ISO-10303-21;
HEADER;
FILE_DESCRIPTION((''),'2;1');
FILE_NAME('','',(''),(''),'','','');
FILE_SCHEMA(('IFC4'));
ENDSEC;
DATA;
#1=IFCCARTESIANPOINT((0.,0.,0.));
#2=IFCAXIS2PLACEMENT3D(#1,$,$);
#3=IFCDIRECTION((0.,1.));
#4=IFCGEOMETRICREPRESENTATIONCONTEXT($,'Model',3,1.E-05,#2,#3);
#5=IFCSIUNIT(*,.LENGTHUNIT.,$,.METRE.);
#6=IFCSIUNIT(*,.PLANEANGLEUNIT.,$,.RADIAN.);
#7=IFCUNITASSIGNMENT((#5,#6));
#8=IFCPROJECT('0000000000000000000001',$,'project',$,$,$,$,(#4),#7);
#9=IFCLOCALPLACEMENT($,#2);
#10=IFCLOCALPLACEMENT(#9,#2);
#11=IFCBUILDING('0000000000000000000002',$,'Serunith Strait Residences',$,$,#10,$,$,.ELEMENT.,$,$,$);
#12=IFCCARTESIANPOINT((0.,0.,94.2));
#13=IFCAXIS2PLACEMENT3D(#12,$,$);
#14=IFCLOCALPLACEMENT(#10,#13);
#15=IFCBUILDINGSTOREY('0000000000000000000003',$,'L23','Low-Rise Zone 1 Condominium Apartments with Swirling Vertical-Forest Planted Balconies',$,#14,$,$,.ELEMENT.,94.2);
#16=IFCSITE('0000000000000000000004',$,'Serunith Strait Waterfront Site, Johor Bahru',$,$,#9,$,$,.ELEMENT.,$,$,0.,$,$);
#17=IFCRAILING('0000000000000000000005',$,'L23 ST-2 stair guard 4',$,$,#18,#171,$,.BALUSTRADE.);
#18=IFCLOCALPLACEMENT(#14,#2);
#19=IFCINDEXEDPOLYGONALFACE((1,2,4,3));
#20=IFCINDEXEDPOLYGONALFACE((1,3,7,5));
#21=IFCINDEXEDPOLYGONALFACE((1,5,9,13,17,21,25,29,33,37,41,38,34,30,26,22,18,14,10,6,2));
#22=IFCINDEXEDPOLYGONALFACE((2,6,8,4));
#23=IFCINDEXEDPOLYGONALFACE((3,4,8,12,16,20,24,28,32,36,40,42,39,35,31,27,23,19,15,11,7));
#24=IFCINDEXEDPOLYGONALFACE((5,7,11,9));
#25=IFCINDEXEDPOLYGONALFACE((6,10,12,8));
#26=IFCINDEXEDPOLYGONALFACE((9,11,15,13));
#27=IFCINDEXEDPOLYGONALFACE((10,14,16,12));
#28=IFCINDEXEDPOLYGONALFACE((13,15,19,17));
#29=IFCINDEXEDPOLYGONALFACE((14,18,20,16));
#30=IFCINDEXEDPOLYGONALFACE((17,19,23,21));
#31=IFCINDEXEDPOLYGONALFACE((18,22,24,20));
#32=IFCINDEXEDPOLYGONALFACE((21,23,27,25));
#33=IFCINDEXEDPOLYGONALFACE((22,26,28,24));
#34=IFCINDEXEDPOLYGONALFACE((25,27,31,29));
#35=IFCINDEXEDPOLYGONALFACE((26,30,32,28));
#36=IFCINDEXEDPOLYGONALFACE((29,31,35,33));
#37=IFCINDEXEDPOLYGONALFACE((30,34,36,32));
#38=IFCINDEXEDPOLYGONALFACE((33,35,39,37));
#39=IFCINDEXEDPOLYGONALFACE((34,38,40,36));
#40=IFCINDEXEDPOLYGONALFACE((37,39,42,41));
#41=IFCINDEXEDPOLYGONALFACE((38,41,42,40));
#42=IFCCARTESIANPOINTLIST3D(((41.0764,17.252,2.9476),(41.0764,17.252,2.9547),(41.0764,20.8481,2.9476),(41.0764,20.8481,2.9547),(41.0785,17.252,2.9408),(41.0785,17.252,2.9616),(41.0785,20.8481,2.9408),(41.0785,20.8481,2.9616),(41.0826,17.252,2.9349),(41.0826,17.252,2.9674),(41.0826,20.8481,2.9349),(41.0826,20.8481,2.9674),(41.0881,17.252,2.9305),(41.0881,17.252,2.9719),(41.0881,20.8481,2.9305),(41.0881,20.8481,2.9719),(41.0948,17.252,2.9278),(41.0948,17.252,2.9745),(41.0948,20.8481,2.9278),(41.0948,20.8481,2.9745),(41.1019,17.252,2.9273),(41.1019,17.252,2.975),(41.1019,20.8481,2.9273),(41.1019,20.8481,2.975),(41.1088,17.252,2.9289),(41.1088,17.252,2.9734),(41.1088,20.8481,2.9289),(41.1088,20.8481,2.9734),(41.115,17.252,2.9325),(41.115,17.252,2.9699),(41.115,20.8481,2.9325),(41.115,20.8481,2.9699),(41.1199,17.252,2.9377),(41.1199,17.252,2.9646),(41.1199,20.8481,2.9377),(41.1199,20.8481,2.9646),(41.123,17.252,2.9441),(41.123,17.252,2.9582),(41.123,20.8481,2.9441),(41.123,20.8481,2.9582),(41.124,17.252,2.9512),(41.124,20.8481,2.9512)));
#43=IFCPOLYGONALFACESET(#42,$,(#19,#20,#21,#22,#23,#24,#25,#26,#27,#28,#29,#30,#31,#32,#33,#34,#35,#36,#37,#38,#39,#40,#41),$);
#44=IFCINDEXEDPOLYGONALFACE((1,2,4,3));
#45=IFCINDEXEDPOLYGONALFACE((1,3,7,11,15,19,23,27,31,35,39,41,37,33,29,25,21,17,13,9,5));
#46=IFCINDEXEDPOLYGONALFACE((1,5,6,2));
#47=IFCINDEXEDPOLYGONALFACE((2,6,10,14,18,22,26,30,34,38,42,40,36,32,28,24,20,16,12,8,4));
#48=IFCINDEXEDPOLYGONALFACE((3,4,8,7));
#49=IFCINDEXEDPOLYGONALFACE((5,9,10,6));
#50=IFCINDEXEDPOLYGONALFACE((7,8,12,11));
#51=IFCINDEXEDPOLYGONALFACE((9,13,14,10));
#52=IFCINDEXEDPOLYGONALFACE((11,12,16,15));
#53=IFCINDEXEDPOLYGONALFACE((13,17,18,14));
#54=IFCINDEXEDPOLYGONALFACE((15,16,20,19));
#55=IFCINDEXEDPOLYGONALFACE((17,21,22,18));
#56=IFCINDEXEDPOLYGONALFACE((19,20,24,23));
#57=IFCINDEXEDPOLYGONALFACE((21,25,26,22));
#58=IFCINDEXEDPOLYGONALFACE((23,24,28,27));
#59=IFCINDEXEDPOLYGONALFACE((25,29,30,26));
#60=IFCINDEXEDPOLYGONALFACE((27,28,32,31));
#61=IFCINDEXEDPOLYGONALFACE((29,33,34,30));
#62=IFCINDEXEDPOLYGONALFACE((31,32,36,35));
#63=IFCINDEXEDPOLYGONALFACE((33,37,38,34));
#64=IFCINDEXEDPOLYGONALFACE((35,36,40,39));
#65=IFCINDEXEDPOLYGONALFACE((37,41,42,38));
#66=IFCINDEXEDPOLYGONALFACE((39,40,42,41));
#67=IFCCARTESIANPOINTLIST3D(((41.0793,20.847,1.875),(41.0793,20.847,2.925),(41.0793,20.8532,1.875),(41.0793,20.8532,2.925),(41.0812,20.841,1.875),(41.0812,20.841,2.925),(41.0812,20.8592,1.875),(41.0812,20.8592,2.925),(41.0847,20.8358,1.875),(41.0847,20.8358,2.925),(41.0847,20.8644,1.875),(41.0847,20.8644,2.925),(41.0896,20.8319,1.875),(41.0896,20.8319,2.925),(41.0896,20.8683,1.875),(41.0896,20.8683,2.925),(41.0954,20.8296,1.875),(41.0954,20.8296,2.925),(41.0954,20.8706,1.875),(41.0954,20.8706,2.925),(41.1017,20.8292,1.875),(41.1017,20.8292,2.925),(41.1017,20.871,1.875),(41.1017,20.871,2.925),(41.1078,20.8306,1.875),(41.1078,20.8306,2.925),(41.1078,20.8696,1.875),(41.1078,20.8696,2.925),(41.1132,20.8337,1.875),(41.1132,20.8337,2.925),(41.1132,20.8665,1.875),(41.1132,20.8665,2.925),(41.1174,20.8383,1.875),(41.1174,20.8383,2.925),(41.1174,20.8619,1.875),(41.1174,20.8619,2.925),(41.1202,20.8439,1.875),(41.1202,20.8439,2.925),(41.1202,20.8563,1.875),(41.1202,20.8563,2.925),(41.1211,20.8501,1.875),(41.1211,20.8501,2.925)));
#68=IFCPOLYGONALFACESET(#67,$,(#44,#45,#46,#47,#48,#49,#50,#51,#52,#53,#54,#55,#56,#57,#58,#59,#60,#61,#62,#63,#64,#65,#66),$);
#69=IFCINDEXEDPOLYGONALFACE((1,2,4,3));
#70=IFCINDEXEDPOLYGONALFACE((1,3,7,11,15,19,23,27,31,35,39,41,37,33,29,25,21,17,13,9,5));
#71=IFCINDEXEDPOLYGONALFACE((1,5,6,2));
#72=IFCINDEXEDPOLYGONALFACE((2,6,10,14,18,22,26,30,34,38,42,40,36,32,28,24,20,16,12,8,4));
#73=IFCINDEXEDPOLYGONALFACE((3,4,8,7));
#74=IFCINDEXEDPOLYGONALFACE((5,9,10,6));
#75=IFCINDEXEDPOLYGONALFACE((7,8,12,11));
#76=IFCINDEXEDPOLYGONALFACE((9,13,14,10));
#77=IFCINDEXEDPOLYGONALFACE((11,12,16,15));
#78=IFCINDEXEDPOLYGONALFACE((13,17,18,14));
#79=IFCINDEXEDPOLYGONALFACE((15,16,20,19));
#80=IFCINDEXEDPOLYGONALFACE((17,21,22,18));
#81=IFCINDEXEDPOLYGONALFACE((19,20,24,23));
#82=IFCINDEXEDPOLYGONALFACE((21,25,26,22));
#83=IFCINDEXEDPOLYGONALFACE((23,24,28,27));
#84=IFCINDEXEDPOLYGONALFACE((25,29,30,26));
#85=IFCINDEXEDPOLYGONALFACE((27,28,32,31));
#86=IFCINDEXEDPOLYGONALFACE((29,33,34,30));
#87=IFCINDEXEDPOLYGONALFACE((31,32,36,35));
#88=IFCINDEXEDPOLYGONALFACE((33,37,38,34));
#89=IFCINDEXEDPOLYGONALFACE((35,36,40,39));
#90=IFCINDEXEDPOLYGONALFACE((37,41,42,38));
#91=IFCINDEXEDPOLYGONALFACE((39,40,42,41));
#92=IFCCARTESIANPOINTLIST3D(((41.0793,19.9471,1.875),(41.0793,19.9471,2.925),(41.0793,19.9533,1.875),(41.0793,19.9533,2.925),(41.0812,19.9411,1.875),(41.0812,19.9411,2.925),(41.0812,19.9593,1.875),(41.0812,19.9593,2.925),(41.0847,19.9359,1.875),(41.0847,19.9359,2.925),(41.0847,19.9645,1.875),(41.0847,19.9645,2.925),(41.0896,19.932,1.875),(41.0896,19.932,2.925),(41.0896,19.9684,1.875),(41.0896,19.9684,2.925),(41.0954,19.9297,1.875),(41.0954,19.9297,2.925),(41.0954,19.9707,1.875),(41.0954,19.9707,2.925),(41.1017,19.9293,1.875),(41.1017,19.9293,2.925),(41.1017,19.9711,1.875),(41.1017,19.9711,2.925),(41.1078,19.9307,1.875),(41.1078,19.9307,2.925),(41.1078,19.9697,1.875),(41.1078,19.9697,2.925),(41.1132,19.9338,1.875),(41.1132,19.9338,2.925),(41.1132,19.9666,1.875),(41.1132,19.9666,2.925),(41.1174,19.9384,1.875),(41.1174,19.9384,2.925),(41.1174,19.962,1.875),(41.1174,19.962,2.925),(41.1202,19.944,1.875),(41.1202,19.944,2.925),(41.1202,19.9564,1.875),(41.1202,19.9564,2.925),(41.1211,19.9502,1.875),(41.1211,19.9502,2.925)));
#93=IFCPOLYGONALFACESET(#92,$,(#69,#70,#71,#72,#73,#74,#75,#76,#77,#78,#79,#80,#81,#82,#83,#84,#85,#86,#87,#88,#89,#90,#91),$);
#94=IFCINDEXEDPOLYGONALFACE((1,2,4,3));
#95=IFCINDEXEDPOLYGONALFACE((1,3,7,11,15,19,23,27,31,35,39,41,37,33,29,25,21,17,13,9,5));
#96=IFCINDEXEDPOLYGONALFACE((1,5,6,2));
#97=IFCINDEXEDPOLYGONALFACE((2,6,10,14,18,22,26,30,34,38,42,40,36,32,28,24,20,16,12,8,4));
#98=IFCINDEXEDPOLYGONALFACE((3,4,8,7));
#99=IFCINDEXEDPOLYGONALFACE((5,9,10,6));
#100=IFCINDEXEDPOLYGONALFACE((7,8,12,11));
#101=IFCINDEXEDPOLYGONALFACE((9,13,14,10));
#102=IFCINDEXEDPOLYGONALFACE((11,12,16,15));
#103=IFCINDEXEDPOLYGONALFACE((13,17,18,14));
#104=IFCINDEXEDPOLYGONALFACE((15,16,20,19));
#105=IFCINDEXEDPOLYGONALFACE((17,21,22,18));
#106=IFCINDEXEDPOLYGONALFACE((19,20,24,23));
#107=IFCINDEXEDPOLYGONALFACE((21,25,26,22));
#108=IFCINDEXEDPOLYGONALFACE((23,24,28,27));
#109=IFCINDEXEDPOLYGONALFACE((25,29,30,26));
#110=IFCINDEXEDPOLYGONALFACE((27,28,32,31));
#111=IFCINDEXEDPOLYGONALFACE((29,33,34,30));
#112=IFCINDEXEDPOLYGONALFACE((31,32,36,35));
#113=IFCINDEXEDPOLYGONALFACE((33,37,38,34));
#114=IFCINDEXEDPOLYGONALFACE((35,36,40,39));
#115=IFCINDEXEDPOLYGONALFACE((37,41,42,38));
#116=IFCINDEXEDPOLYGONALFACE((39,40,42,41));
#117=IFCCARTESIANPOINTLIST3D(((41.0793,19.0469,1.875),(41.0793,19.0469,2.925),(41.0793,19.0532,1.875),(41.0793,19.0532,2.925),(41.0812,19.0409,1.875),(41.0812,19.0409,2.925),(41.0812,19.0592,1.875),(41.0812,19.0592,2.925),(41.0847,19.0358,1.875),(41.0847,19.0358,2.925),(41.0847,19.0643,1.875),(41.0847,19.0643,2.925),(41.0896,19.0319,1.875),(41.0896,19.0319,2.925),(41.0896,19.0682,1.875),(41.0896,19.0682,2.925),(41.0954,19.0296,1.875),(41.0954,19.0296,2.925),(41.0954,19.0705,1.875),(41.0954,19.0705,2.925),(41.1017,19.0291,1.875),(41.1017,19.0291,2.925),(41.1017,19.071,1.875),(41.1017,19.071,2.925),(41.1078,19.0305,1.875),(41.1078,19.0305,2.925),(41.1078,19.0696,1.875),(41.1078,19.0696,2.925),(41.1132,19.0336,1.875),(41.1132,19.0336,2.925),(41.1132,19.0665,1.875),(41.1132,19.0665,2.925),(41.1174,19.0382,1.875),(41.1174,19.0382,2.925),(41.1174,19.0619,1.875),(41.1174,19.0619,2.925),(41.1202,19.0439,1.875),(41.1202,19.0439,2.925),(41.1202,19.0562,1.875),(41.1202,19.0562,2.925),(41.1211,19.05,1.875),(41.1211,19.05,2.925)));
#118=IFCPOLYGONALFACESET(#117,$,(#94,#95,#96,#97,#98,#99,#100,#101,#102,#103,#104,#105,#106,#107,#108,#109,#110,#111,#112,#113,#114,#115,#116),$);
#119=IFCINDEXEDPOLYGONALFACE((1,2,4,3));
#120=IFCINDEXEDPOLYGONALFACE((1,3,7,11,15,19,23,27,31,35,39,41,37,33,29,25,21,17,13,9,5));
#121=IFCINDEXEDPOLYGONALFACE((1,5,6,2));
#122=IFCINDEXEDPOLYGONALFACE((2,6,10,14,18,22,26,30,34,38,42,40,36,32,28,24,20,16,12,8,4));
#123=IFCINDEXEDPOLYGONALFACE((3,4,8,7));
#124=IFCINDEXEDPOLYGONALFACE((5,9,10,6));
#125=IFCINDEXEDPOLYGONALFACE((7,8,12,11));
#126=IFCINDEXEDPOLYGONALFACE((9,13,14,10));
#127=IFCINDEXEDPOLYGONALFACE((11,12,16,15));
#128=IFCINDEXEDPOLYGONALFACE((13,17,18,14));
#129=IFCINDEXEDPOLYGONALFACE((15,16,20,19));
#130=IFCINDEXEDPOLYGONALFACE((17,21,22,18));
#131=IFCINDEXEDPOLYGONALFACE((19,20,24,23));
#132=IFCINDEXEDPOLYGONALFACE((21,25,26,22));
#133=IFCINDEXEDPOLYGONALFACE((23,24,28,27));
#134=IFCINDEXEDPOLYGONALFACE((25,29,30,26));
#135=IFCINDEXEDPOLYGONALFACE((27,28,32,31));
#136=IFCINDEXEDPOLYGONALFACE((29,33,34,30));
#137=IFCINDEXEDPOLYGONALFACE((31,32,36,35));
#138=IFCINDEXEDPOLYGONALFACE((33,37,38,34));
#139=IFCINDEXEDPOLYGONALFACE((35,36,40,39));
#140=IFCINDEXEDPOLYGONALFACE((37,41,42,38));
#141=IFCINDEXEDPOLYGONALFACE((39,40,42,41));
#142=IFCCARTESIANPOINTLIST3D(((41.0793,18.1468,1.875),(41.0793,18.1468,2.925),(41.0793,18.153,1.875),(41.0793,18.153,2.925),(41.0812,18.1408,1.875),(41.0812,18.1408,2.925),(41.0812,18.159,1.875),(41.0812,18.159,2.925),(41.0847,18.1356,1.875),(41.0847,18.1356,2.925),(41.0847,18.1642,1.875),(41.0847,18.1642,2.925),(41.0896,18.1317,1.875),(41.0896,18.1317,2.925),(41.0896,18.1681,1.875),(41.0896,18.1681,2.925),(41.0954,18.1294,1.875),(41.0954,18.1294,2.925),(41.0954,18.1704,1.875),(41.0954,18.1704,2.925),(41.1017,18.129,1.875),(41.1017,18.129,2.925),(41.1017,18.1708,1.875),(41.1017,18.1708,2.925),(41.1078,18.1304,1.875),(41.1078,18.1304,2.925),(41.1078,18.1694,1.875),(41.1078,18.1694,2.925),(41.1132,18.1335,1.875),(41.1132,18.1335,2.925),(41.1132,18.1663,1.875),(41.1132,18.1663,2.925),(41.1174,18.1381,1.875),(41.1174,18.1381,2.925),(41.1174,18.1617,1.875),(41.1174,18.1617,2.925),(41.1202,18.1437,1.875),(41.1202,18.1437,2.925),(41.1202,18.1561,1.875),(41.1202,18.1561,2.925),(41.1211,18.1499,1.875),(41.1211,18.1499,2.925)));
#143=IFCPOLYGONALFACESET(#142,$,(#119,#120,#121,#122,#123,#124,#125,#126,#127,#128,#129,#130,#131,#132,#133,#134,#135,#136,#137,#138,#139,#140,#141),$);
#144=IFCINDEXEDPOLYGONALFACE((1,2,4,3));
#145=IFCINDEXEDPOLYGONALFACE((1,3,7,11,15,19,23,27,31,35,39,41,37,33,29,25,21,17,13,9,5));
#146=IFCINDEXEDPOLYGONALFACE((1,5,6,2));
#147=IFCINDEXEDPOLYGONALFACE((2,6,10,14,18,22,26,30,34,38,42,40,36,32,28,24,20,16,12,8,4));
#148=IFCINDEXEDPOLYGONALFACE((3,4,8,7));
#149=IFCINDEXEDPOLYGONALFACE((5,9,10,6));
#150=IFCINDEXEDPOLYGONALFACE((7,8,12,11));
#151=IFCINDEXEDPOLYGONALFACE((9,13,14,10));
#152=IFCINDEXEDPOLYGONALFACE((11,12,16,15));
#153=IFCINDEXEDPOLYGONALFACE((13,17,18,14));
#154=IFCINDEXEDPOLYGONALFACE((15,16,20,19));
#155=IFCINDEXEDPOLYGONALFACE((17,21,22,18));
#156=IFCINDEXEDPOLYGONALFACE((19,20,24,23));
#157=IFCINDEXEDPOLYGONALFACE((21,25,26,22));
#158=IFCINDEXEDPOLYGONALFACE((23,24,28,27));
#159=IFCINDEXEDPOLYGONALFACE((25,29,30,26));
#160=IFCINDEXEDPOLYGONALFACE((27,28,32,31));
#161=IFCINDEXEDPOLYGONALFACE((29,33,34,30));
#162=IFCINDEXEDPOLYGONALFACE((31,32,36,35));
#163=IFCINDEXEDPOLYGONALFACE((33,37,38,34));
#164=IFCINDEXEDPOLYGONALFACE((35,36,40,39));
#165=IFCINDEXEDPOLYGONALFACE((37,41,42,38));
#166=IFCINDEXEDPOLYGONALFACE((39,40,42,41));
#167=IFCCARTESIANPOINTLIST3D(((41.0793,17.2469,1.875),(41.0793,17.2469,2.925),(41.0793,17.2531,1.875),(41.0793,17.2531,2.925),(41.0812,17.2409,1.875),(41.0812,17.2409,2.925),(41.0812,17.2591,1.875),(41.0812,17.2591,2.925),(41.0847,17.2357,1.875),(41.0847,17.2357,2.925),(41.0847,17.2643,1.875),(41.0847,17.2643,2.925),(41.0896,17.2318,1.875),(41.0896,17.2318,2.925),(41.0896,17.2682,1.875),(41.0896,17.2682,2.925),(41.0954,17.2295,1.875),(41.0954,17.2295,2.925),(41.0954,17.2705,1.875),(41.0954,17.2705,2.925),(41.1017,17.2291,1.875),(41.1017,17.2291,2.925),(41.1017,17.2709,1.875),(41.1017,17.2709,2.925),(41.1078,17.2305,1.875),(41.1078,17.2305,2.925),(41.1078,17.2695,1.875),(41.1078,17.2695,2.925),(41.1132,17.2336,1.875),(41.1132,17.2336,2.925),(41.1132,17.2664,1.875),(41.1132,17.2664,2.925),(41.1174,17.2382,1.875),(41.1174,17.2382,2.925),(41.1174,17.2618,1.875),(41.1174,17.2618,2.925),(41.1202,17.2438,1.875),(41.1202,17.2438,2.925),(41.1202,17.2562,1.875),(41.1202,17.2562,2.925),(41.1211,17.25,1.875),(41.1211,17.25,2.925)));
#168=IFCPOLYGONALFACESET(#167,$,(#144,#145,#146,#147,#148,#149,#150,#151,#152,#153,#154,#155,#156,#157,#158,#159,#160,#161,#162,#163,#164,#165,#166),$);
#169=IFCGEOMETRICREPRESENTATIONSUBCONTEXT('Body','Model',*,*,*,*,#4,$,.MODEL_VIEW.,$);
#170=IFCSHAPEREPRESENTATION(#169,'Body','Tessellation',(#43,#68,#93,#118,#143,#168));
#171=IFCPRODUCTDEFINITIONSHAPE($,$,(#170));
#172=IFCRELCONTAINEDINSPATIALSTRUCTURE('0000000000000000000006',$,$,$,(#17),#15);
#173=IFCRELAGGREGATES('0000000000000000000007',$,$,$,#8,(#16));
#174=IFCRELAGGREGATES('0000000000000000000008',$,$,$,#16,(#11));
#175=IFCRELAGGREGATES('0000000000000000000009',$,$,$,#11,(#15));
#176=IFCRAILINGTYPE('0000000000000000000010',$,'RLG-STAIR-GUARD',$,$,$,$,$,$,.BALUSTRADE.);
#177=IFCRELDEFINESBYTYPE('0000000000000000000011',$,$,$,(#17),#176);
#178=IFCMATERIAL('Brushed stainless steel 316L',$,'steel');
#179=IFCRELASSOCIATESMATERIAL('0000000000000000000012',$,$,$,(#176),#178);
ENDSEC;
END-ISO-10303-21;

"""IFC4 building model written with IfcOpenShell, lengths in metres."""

from ifc_helpers import new_model, si_unit, direction, frame, origin, origin_2d, place, context, subcontext, project, spatial, circle, extrude, material, type_object, element, save


model = new_model("IFC4")

# Units and contexts
model_context = context("Model", 3, precision=1e-05, world=origin(), true_north=direction((0.0, 1.0)))
body_context = subcontext(model_context, "Body", "Model", "MODEL_VIEW")
ifc_project = project(units=[si_unit("LENGTHUNIT", "METRE"), si_unit("PLANEANGLEUNIT", "RADIAN")], contexts=[model_context])

# Site, building, storey
site_placement = place(None, origin())
site = spatial("IfcSite", under=ifc_project, at=site_placement, Name="Serunith Strait Waterfront Site, Johor Bahru", CompositionType="ELEMENT", RefElevation=0.0)
building_placement = place(site_placement, origin())
building = spatial("IfcBuilding", under=site, at=building_placement, Name="Serunith Strait Residences", CompositionType="ELEMENT")
storey_placement = place(building_placement, frame((0.0, 0.0, 94.2)))
storey = spatial("IfcBuildingStorey", under=building, at=storey_placement, Name="L23", Description="Low-Rise Zone 1 Condominium Apartments with Swirling Vertical-Forest Planted Balconies", CompositionType="ELEMENT", Elevation=94.2)

# Railing
ifc_material_1 = material(Name="Brushed stainless steel 316L", Category="steel")
railing_type_1 = type_object("IfcRailingType", Name="RLG-STAIR-GUARD", PredefinedType="BALUSTRADE", material=ifc_material_1)
for number, where, name in (
    (1, (41.1001, 20.8501, 1.875), "L23 ST-2 stair guard 4"),
):
    element("IfcRailing", number, at=place(storey_placement, frame(where)), inside=storey, type_object=railing_type_1, Name=name, PredefinedType="BALUSTRADE", context=body_context, shape_type="SweptSolid", body=[
        extrude(circle(Radius=0.0239, at=origin_2d()), frame((0.0, -0.002, 1.0762), z_axis=(0.0, -1.0, 0.0), x_axis=(1.0, 0.0, 0.0)), (0.0, 0.0, 1.0), 3.5962),
        extrude(circle(Radius=0.021, at=origin_2d()), origin(), (0.0, 0.0, 1.0), 1.05),
        extrude(circle(Radius=0.021, at=origin_2d()), frame((0.0, -0.8999, 0.0)), (0.0, 0.0, 1.0), 1.05),
        extrude(circle(Radius=0.021, at=origin_2d()), frame((0.0, -1.8, 0.0)), (0.0, 0.0, 1.0), 1.05),
        extrude(circle(Radius=0.021, at=origin_2d()), frame((0.0, -2.7002, 0.0)), (0.0, 0.0, 1.0), 1.05),
        extrude(circle(Radius=0.021, at=origin_2d()), frame((0.0, -3.6001, 0.0)), (0.0, 0.0, 1.0), 1.05),
    ])

save(model, "model.ifc")
